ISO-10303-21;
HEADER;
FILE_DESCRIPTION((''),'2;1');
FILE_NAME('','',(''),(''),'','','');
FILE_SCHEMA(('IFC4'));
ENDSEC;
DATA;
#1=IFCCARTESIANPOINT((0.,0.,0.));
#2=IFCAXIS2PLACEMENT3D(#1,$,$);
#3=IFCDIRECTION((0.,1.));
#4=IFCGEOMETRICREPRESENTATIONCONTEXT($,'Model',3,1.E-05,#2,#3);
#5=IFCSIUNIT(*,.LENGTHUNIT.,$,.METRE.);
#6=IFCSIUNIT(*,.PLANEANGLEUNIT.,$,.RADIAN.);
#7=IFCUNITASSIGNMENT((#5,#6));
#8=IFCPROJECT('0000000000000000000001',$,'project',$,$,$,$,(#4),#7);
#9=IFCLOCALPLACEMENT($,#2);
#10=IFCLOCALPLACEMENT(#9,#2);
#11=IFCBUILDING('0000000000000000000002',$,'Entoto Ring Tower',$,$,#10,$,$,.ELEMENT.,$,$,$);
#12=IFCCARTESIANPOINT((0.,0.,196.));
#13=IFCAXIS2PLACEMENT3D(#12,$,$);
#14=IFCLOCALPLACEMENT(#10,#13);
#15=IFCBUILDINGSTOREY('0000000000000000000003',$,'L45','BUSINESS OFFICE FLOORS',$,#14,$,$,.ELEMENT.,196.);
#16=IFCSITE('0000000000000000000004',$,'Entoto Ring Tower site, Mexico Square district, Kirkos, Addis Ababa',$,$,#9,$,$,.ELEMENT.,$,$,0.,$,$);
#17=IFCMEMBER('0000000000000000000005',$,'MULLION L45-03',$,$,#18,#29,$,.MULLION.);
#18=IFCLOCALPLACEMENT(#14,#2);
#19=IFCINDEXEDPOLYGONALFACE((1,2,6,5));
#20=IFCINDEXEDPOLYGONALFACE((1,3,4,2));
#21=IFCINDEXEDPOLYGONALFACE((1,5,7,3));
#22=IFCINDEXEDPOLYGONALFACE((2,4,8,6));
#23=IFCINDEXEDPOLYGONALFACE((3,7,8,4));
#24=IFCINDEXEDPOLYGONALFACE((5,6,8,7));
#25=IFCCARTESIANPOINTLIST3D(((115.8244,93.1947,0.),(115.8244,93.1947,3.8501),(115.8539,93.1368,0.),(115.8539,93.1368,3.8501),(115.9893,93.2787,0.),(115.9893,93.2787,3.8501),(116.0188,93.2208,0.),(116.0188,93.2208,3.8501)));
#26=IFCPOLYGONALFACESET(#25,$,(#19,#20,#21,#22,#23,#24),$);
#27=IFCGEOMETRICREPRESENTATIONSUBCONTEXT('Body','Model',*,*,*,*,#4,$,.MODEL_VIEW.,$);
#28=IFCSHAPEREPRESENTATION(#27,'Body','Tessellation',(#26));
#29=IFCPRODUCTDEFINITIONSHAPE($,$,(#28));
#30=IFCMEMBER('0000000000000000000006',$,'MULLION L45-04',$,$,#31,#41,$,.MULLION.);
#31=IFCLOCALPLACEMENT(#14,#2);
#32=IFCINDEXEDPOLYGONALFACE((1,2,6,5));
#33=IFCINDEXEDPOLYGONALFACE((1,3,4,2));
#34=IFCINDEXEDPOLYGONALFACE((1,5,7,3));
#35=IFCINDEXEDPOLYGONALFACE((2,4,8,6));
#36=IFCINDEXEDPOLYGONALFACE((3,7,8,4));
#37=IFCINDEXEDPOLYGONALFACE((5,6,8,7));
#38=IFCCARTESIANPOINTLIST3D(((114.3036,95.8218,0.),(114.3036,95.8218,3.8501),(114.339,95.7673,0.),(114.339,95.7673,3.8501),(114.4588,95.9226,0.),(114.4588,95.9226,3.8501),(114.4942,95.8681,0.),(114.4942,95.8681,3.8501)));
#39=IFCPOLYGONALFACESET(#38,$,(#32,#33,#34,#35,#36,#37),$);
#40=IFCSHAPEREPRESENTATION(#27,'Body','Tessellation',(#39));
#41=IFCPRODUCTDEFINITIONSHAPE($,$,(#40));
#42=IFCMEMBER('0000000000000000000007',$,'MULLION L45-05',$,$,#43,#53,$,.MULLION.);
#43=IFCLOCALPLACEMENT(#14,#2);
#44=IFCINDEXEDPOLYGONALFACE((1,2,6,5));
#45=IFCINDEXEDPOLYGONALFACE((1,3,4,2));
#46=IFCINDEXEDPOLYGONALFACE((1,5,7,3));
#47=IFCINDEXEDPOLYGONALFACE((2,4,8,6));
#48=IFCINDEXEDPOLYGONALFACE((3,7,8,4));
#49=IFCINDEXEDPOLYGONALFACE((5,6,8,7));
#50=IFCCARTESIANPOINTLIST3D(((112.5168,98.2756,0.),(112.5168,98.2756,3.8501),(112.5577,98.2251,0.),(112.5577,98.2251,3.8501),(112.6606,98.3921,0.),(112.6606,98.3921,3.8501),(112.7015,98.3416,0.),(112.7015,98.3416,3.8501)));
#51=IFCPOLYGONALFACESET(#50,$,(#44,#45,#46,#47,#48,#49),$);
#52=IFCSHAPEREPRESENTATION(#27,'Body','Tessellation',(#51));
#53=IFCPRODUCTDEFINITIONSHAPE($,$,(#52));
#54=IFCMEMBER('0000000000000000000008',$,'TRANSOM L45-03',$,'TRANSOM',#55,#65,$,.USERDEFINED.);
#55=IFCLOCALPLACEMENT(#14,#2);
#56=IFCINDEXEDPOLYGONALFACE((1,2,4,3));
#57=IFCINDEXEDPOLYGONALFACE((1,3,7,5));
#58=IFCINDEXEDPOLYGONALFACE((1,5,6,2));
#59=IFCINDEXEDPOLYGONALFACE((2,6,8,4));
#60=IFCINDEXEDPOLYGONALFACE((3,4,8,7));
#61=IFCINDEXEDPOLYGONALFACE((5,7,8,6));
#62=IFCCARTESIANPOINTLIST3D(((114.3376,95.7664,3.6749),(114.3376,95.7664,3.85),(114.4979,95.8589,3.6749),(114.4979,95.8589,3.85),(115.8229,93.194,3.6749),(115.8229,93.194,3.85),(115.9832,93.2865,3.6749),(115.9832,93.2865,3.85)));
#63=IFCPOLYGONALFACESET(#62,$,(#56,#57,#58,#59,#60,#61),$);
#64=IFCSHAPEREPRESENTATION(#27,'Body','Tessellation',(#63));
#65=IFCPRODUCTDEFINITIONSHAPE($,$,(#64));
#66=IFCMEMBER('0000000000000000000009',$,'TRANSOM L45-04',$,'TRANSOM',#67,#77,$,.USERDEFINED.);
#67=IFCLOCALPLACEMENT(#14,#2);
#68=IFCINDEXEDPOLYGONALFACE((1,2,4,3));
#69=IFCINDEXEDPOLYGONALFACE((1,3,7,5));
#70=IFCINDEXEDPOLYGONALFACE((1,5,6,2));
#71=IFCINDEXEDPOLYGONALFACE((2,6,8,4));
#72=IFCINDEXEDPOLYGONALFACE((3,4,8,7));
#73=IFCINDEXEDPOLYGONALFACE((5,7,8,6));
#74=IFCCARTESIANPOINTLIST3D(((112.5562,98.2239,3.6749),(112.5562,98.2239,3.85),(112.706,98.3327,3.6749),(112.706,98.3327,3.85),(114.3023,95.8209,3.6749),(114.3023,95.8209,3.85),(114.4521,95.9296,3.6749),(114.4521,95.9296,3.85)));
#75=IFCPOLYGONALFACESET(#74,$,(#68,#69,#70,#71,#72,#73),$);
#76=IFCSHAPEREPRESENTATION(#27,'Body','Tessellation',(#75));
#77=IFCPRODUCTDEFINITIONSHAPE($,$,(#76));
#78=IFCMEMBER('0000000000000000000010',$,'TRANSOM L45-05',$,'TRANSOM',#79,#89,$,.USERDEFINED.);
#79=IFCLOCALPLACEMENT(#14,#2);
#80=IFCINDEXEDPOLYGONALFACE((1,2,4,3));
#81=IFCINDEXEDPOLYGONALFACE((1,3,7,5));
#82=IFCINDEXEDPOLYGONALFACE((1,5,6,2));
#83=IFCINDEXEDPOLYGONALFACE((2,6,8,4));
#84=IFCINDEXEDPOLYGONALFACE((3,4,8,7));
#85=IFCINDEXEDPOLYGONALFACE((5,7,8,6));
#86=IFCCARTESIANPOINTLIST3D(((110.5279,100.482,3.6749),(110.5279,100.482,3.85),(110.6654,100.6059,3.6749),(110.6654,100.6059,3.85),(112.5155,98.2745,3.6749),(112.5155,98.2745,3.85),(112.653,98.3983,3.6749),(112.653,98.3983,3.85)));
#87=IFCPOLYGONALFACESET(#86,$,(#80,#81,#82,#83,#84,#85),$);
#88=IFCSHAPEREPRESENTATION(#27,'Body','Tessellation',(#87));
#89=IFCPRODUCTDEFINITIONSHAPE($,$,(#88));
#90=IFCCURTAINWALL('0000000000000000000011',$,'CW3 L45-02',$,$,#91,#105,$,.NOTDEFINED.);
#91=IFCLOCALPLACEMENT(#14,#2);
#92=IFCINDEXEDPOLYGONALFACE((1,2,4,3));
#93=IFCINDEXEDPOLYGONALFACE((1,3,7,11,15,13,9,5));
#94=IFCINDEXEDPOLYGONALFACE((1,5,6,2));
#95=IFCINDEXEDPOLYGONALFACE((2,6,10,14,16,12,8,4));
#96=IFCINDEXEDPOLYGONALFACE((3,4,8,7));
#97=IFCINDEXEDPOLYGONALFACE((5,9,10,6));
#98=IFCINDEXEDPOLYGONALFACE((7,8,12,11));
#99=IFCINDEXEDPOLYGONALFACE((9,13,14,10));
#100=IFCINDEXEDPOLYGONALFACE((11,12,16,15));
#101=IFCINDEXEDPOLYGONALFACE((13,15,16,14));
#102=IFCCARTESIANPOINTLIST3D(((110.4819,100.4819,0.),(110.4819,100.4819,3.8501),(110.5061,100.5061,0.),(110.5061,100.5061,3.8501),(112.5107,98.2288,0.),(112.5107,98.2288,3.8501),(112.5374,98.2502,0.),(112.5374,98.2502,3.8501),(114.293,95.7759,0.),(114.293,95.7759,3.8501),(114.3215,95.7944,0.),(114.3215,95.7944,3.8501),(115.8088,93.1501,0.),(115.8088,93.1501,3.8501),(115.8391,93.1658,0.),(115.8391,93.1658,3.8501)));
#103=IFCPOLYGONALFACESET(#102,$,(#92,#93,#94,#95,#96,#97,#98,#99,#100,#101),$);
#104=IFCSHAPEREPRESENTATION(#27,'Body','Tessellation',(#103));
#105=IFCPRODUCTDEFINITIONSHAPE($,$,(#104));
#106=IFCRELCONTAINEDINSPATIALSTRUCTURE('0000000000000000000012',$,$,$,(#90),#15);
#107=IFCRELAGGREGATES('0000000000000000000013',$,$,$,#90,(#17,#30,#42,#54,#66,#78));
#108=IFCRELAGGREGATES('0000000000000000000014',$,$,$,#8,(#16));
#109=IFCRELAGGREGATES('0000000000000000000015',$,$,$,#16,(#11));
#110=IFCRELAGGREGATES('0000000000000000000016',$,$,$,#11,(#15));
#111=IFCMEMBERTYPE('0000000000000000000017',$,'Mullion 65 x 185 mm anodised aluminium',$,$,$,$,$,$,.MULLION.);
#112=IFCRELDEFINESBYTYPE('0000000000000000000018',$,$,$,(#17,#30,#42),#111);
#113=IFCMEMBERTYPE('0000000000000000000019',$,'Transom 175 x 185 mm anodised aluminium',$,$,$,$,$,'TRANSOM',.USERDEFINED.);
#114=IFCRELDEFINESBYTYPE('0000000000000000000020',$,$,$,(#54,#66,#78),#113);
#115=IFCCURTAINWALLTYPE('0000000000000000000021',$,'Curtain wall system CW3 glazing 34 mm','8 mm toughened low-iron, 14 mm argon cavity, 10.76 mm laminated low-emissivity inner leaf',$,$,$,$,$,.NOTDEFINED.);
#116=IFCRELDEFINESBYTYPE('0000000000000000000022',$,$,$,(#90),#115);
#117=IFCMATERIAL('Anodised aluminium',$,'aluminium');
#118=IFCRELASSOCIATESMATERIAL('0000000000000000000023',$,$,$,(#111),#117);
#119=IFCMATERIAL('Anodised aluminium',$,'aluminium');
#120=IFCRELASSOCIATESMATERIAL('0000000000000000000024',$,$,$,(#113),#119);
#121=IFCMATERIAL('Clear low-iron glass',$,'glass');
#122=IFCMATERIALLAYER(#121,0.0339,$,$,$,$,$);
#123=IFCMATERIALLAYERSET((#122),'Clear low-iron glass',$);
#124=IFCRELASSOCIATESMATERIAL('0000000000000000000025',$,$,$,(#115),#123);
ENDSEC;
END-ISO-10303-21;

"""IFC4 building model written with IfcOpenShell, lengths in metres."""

from ifc_helpers import new_model, si_unit, direction, frame, origin, origin_2d, place, context, subcontext, project, spatial, polyline, rectangle, outline, extrude, material, layer, layer_set, material_profile, profile_set, type_object, element, aggregate, save


model = new_model("IFC4")

# Units and contexts
model_context = context("Model", 3, precision=1e-05, world=origin(), true_north=direction((0.0, 1.0)))
body_context = subcontext(model_context, "Body", "Model", "MODEL_VIEW")
ifc_project = project(units=[si_unit("LENGTHUNIT", "METRE"), si_unit("PLANEANGLEUNIT", "RADIAN")], contexts=[model_context])

# Members
ifc_material_1 = material(Name="Anodised aluminium", Category="aluminium")
ifc_material_profile_1 = material_profile(ifc_material_1, rectangle(XDim=0.0649, YDim=0.1851, at=origin_2d()), Name="Mullion 65 x 185 mm anodised aluminium")
ifc_profile_set_1 = profile_set([ifc_material_profile_1], Name="Anodised aluminium")
member_type_1 = type_object("IfcMemberType", Name="Mullion 65 x 185 mm anodised aluminium", PredefinedType="MULLION", material=ifc_profile_set_1)
site_placement = place(None, origin())
building_placement = place(site_placement, origin())
storey_placement = place(building_placement, frame((0.0, 0.0, 196.0)))
member_1_placement = place(storey_placement, frame((115.9216, 93.2078, 0.0), z_axis=(0.0, 0.0, 1.0), x_axis=(-0.45399, 0.891007, 0.0)))
member_1 = element("IfcMember", 1, at=member_1_placement, type_object=member_type_1, Name="MULLION L45-03", PredefinedType="MULLION", context=body_context, shape_type="SweptSolid", body=[
    extrude(rectangle(XDim=0.0649, YDim=0.1851, at=origin_2d()), origin(), (0.0, 0.0, 1.0), 3.8501),
])
member_2_placement = place(storey_placement, frame((114.3989, 95.845, 0.0), z_axis=(0.0, 0.0, 1.0), x_axis=(-0.544639, 0.838671, 0.0)))
member_2 = element("IfcMember", 2, at=member_2_placement, type_object=member_type_1, Name="MULLION L45-04", PredefinedType="MULLION", context=body_context, shape_type="SweptSolid", body=[
    extrude(rectangle(XDim=0.0649, YDim=0.1851, at=origin_2d()), origin(), (0.0, 0.0, 1.0), 3.8501),
])
member_3_placement = place(storey_placement, frame((112.6091, 98.3086, 0.0), z_axis=(0.0, 0.0, 1.0), x_axis=(-0.62932, 0.777146, 0.0)))
member_3 = element("IfcMember", 3, at=member_3_placement, type_object=member_type_1, Name="MULLION L45-05", PredefinedType="MULLION", context=body_context, shape_type="SweptSolid", body=[
    extrude(rectangle(XDim=0.0649, YDim=0.1851, at=origin_2d()), origin(), (0.0, 0.0, 1.0), 3.8501),
])
ifc_material_2 = material(Name="Anodised aluminium", Category="aluminium")
ifc_material_profile_2 = material_profile(ifc_material_2, rectangle(XDim=0.1851, YDim=0.175, at=origin_2d()), Name="Transom 175 x 185 mm anodised aluminium")
ifc_profile_set_2 = profile_set([ifc_material_profile_2], Name="Anodised aluminium")
member_type_2 = type_object("IfcMemberType", Name="Transom 175 x 185 mm anodised aluminium", ElementType="TRANSOM", PredefinedType="USERDEFINED", material=ifc_profile_set_2)
member_4_placement = place(storey_placement, frame((115.9031, 93.2402, 3.7625), z_axis=(-0.500028, 0.866009, 0.0), x_axis=(-0.866009, -0.500028, 0.0)))
member_4 = element("IfcMember", 4, at=member_4_placement, type_object=member_type_2, Name="TRANSOM L45-03", ObjectType="TRANSOM", PredefinedType="USERDEFINED", context=body_context, shape_type="SweptSolid", body=[
    extrude(rectangle(XDim=0.1851, YDim=0.175, at=origin_2d()), origin(), (0.0, 0.0, 1.0), 2.9705),
])
member_5_placement = place(storey_placement, frame((114.3772, 95.8752, 3.7625), z_axis=(-0.58782, 0.808992, 0.0), x_axis=(-0.808992, -0.58782, 0.0)))
member_5 = element("IfcMember", 5, at=member_5_placement, type_object=member_type_2, Name="TRANSOM L45-04", ObjectType="TRANSOM", PredefinedType="USERDEFINED", context=body_context, shape_type="SweptSolid", body=[
    extrude(rectangle(XDim=0.1851, YDim=0.175, at=origin_2d()), origin(), (0.0, 0.0, 1.0), 2.9705),
])
member_6_placement = place(storey_placement, frame((112.5842, 98.3364, 3.7625), z_axis=(-0.66911, 0.743163, 0.0), x_axis=(-0.743163, -0.66911, 0.0)))
member_6 = element("IfcMember", 6, at=member_6_placement, type_object=member_type_2, Name="TRANSOM L45-05", ObjectType="TRANSOM", PredefinedType="USERDEFINED", context=body_context, shape_type="SweptSolid", body=[
    extrude(rectangle(XDim=0.1851, YDim=0.175, at=origin_2d()), origin(), (0.0, 0.0, 1.0), 2.9705),
])

# Site, building, storey
site = spatial("IfcSite", under=ifc_project, at=site_placement, Name="Entoto Ring Tower site, Mexico Square district, Kirkos, Addis Ababa", CompositionType="ELEMENT", RefElevation=0.0)
building = spatial("IfcBuilding", under=site, at=building_placement, Name="Entoto Ring Tower", CompositionType="ELEMENT")
storey = spatial("IfcBuildingStorey", under=building, at=storey_placement, Name="L45", Description="BUSINESS OFFICE FLOORS", CompositionType="ELEMENT", Elevation=196.0)

# Curtain wall
ifc_material_3 = material(Name="Clear low-iron glass", Category="glass")
ifc_layer_1 = layer(ifc_material_3, 0.0339)
ifc_layer_set_1 = layer_set([ifc_layer_1], Name="Clear low-iron glass")
curtain_wall_type = type_object("IfcCurtainWallType", Name="Curtain wall system CW3 glazing 34 mm", Description="8 mm toughened low-iron, 14 mm argon cavity, 10.76 mm laminated low-emissivity inner leaf", PredefinedType="NOTDEFINED", material=ifc_layer_set_1)
curtain_wall_1_placement = place(storey_placement, origin())
curtain_wall_1 = element("IfcCurtainWall", 7, at=curtain_wall_1_placement, inside=storey, type_object=curtain_wall_type, Name="CW3 L45-02", PredefinedType="NOTDEFINED", context=body_context, shape_type="SweptSolid", body=[
    extrude(outline(polyline([(115.8391, 93.1658), (114.3215, 95.7944), (112.5374, 98.2502), (110.5061, 100.5061), (110.4819, 100.4819), (112.5107, 98.2288), (114.293, 95.7759), (115.8088, 93.1501), (115.8391, 93.1658)])), origin(), (0.0, 0.0, 1.0), 3.8501),
])
aggregate(curtain_wall_1, [member_1, member_2, member_3, member_4, member_5, member_6])

save(model, "model.ifc")
